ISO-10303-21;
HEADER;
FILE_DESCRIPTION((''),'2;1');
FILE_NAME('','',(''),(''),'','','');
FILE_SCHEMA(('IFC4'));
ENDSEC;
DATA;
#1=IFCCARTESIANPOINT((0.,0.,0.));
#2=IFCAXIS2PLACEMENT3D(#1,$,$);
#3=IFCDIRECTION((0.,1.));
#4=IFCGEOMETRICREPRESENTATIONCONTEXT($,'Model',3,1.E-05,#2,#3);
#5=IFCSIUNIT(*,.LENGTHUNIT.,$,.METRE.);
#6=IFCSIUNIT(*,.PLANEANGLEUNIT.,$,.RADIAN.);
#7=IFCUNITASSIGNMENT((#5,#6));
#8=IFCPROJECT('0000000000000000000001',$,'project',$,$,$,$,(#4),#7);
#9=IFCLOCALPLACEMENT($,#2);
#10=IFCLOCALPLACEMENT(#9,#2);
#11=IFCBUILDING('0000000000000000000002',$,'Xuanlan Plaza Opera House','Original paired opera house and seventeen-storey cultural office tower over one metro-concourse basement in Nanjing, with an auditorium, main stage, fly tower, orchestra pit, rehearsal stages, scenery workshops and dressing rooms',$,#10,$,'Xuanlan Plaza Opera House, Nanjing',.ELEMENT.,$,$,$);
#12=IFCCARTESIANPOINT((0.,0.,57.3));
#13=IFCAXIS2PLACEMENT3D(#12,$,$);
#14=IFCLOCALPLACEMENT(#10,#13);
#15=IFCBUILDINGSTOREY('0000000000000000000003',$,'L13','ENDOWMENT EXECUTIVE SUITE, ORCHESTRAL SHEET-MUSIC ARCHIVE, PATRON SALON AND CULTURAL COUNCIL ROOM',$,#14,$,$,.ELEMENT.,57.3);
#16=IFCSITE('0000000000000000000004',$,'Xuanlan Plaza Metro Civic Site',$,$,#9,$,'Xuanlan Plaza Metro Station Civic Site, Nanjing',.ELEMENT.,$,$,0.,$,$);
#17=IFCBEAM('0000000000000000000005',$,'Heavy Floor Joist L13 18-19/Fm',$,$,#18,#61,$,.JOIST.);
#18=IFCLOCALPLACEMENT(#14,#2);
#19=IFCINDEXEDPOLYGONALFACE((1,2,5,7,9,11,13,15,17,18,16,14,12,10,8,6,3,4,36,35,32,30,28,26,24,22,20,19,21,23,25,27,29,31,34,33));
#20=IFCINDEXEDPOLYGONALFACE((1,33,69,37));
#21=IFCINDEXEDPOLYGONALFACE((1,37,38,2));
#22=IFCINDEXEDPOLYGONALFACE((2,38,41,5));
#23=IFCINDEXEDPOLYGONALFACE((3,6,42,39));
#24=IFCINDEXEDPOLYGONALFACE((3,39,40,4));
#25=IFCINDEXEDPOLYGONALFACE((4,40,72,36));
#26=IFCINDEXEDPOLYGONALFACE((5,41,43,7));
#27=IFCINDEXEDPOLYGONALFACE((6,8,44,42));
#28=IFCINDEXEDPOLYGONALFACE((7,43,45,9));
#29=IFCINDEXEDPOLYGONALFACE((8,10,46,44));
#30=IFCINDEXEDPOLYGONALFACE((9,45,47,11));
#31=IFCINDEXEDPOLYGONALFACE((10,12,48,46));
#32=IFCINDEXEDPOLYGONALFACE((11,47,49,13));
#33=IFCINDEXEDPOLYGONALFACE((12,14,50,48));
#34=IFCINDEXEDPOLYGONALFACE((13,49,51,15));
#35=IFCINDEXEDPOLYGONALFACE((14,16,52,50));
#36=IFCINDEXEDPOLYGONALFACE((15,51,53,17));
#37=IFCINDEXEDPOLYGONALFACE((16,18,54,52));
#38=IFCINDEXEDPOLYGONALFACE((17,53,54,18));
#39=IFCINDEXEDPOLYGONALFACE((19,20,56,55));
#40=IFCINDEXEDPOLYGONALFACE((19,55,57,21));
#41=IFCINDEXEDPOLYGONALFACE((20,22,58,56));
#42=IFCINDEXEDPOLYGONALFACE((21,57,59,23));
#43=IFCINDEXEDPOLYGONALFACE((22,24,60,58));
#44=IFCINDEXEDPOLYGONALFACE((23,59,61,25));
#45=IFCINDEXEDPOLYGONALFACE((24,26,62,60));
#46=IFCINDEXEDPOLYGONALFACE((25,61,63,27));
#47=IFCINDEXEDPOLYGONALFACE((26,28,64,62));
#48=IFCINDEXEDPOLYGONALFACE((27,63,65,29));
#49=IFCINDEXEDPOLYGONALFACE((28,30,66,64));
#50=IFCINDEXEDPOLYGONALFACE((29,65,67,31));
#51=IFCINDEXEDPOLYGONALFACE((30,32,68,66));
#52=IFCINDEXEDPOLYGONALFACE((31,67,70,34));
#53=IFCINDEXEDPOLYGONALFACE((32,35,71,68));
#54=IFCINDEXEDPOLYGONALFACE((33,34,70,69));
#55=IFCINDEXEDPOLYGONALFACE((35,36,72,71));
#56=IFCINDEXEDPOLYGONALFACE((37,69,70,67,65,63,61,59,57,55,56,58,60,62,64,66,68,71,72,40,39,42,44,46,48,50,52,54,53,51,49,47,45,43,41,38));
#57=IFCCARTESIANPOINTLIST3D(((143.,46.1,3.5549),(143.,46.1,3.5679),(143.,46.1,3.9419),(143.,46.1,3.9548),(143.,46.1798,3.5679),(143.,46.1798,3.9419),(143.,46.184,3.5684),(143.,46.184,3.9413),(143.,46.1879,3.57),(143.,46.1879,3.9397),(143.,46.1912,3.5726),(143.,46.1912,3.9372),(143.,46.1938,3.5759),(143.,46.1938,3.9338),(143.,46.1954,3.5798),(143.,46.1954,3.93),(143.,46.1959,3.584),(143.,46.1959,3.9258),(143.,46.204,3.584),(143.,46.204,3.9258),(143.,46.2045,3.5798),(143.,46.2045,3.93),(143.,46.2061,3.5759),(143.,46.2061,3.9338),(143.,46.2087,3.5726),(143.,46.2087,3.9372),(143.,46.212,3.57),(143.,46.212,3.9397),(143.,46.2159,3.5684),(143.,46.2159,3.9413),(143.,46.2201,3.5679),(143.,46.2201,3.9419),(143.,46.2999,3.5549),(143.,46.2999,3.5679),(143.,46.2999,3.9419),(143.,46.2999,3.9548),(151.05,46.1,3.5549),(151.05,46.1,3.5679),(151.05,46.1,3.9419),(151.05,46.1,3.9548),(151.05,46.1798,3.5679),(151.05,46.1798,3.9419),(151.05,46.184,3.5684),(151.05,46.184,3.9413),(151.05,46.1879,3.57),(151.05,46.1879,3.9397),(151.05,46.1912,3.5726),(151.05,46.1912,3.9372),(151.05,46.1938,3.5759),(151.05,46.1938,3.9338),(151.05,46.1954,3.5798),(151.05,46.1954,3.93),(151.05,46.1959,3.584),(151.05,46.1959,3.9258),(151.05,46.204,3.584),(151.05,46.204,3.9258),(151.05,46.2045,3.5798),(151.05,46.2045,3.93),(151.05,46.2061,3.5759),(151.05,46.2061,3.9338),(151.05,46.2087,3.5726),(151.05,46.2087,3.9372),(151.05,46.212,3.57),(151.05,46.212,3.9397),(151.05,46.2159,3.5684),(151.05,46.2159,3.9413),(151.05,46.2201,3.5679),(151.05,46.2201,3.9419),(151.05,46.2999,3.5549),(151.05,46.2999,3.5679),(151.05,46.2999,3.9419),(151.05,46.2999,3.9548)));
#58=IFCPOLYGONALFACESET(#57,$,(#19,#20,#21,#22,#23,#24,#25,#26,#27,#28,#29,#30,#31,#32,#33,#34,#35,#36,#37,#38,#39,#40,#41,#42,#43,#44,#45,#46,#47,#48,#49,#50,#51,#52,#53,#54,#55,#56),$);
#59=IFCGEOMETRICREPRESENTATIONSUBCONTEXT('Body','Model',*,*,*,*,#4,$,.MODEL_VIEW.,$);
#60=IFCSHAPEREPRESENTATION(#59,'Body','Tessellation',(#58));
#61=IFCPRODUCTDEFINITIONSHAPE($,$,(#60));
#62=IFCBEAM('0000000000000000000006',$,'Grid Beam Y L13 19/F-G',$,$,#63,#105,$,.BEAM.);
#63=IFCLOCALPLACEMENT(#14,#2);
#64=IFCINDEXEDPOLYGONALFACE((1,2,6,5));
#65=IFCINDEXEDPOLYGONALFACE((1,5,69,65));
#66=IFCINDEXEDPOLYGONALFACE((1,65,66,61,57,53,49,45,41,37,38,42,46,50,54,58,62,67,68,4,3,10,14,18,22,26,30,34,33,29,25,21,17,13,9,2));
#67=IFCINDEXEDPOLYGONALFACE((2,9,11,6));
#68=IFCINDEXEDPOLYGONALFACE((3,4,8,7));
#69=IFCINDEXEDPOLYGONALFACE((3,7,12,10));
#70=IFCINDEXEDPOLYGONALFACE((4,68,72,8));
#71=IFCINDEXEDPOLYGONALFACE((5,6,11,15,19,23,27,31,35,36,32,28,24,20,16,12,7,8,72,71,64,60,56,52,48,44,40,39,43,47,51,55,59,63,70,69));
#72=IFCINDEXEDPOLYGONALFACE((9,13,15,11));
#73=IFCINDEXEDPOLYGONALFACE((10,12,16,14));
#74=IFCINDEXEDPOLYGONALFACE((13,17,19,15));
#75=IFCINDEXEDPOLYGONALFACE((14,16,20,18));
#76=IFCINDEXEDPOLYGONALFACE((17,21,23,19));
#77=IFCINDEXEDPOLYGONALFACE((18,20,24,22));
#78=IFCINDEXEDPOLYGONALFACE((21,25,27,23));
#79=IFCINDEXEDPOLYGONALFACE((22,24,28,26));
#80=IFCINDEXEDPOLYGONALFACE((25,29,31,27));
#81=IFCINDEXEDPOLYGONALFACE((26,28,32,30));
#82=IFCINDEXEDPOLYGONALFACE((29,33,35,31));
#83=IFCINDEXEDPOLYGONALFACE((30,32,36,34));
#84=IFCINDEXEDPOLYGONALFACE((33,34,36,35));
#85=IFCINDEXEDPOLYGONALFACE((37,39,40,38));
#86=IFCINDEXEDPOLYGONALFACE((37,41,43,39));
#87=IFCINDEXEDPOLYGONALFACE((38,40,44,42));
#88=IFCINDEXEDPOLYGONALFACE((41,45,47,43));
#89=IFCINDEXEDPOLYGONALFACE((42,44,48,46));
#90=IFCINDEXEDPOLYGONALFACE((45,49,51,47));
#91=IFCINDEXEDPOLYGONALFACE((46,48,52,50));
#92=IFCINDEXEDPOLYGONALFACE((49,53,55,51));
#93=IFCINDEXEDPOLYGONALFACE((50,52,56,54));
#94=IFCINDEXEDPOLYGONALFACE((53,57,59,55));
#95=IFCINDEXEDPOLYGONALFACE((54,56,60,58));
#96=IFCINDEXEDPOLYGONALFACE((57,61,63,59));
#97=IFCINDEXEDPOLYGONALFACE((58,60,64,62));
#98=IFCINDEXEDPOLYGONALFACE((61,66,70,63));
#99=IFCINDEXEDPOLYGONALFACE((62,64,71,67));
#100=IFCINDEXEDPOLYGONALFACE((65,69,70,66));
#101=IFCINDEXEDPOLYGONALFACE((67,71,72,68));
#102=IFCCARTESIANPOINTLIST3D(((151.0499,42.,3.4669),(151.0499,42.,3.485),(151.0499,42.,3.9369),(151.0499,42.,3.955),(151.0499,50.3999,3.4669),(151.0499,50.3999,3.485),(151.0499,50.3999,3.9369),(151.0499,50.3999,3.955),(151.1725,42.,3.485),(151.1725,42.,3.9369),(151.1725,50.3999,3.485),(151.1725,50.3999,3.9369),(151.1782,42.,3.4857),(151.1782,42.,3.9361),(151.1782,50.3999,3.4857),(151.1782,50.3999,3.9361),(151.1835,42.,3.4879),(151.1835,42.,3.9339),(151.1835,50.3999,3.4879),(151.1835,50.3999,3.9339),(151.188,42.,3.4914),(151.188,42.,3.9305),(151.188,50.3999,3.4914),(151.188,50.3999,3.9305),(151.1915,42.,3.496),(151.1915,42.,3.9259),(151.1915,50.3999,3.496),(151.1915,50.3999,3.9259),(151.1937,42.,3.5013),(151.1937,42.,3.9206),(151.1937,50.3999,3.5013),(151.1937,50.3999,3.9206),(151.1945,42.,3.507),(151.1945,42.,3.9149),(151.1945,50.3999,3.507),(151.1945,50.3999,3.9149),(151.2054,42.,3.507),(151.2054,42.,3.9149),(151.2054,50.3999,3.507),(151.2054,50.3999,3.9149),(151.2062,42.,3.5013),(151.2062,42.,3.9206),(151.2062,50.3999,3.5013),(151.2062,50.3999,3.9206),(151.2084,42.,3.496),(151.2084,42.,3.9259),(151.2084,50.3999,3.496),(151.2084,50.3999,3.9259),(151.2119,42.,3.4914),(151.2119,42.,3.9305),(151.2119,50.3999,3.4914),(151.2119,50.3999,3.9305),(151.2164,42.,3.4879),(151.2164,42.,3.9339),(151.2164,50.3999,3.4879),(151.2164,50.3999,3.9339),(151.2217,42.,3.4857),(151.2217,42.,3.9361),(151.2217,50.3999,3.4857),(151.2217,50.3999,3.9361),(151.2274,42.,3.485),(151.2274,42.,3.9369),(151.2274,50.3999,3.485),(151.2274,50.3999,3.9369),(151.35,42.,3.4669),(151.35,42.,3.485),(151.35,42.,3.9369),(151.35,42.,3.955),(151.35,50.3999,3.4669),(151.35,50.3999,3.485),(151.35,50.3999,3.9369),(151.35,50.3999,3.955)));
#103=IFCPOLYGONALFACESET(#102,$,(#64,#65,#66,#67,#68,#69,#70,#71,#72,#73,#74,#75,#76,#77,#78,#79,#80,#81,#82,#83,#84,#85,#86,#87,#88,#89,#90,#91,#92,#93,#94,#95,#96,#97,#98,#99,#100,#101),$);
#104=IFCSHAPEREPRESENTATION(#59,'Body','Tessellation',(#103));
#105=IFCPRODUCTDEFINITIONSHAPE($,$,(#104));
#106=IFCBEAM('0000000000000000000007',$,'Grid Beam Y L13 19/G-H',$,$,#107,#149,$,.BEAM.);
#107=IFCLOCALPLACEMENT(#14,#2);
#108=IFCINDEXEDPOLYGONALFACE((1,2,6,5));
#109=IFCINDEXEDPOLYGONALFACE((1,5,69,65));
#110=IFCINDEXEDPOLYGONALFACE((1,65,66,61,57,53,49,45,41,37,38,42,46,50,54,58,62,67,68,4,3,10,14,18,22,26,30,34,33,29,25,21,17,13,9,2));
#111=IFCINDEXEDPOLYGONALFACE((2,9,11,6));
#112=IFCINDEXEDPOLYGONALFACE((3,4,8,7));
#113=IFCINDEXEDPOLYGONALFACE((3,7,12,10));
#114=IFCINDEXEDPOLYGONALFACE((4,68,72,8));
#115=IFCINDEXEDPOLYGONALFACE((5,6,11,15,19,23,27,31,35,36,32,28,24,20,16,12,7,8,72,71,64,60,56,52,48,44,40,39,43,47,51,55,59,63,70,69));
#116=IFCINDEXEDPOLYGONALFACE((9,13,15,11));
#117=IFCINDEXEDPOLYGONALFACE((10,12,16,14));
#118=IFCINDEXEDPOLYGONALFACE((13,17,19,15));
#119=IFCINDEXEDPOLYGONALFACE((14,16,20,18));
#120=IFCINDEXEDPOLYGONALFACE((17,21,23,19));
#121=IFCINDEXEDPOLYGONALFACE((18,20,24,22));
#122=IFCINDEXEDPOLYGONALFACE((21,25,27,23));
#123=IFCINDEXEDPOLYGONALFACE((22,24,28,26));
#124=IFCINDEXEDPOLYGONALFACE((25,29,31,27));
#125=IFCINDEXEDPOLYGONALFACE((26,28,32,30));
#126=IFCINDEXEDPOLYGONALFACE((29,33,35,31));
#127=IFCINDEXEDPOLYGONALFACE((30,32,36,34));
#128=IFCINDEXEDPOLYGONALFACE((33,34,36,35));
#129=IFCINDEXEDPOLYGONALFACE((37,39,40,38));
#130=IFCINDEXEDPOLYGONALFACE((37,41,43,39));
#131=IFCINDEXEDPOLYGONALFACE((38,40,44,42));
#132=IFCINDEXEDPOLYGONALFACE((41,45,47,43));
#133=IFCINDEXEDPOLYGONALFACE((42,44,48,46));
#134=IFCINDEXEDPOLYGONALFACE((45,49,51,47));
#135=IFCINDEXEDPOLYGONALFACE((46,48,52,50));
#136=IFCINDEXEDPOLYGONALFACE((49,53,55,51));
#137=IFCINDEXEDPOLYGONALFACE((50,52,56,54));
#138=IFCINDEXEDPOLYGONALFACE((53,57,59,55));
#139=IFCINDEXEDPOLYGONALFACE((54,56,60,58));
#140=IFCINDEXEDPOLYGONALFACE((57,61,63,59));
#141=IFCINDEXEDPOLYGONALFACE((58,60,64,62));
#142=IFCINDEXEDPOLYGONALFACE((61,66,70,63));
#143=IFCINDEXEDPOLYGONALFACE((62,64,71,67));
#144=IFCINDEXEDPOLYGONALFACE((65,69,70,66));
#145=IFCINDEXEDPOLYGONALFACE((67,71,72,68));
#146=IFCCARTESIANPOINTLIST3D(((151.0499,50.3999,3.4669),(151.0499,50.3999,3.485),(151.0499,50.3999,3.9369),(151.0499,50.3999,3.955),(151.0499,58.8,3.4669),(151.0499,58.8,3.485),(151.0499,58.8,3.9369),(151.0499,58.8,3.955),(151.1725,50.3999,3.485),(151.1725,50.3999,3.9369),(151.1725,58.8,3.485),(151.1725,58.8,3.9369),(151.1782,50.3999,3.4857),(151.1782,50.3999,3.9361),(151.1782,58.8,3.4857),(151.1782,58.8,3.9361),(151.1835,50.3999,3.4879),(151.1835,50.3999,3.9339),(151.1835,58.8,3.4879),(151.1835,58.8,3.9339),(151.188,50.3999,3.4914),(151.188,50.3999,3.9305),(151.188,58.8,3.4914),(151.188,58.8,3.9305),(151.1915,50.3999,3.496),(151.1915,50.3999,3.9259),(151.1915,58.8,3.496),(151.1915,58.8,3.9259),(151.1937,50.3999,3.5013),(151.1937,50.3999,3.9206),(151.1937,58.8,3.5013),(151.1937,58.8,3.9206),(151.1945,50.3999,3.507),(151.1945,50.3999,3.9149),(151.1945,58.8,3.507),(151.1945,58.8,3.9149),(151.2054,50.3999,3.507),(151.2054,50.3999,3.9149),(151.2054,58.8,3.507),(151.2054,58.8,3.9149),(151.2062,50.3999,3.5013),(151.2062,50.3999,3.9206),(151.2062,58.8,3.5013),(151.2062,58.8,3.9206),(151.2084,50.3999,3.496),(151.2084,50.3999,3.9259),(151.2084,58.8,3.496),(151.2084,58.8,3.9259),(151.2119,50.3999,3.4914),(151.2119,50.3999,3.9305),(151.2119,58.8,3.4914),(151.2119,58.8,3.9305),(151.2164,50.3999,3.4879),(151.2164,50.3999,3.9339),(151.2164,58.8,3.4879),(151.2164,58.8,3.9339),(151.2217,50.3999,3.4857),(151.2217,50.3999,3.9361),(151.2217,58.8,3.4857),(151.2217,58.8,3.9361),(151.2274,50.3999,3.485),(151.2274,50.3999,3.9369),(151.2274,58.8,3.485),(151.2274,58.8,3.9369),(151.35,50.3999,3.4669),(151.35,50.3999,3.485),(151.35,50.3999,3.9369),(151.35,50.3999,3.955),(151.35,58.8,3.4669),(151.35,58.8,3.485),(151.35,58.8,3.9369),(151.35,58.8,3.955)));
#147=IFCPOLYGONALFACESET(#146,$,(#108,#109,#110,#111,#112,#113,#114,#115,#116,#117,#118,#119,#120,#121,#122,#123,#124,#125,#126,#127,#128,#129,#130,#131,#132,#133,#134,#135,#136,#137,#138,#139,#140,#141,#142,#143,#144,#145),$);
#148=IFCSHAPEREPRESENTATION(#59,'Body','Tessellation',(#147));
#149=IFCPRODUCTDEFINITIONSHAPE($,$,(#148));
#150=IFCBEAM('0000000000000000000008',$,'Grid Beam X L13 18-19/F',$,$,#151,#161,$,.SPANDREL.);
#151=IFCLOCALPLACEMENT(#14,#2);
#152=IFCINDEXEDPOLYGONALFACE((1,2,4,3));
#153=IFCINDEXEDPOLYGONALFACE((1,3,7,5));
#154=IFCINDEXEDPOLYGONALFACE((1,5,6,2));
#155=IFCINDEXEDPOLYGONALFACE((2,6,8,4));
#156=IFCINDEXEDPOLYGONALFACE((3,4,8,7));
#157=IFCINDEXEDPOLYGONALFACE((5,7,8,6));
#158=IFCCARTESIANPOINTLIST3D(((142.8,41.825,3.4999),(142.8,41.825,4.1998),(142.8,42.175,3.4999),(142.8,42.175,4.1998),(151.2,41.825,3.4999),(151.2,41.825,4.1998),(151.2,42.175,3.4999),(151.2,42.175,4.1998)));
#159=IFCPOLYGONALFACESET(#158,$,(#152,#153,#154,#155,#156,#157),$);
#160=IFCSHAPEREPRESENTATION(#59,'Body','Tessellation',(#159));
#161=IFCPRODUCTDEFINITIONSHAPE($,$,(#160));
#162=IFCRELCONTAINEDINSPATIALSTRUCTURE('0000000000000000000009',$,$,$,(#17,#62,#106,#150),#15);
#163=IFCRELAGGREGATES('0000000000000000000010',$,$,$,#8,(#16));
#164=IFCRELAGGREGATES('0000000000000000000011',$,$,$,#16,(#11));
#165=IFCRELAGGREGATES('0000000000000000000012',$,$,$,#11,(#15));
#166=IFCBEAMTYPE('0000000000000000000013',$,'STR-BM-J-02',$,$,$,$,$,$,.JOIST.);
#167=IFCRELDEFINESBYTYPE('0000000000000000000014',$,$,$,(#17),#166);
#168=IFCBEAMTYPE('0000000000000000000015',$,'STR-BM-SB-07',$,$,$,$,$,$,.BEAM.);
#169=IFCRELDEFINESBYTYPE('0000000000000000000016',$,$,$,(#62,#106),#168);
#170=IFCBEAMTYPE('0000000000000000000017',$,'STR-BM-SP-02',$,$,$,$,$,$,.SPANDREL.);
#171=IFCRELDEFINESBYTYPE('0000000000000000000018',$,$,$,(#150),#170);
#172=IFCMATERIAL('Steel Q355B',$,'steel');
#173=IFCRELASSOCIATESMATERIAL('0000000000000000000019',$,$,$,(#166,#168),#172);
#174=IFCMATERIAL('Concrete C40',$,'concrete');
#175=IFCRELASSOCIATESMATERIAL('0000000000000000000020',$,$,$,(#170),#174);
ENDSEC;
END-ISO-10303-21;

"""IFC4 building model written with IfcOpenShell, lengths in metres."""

from ifc_helpers import new_model, si_unit, direction, frame, origin, origin_2d, place, context, subcontext, project, spatial, rectangle, i_section, extrude, material, material_profile, profile_set, type_object, element, save


model = new_model("IFC4")

# Units and contexts
model_context = context("Model", 3, precision=1e-05, world=origin(), true_north=direction((0.0, 1.0)))
body_context = subcontext(model_context, "Body", "Model", "MODEL_VIEW")
ifc_project = project(units=[si_unit("LENGTHUNIT", "METRE"), si_unit("PLANEANGLEUNIT", "RADIAN")], contexts=[model_context])

# Site, building, storey
site_placement = place(None, origin())
site = spatial("IfcSite", under=ifc_project, at=site_placement, Name="Xuanlan Plaza Metro Civic Site", LongName="Xuanlan Plaza Metro Station Civic Site, Nanjing", CompositionType="ELEMENT", RefElevation=0.0)
building_placement = place(site_placement, origin())
building = spatial("IfcBuilding", under=site, at=building_placement, Name="Xuanlan Plaza Opera House", Description="Original paired opera house and seventeen-storey cultural office tower over one metro-concourse basement in Nanjing, with an auditorium, main stage, fly tower, orchestra pit, rehearsal stages, scenery workshops and dressing rooms", LongName="Xuanlan Plaza Opera House, Nanjing", CompositionType="ELEMENT")
storey_placement = place(building_placement, frame((0.0, 0.0, 57.3)))
storey = spatial("IfcBuildingStorey", under=building, at=storey_placement, Name="L13", Description="ENDOWMENT EXECUTIVE SUITE, ORCHESTRAL SHEET-MUSIC ARCHIVE, PATRON SALON AND CULTURAL COUNCIL ROOM", CompositionType="ELEMENT", Elevation=57.3)

# Beams
ifc_material_1 = material(Name="Concrete C40", Category="concrete")
ifc_material_2 = material(Name="Steel Q355B", Category="steel")
ifc_material_profile_1 = material_profile(ifc_material_2, i_section(OverallWidth=0.2, OverallDepth=0.3999, WebThickness=0.0081, FlangeThickness=0.0129, FilletRadius=0.0161, at=origin_2d()), Name="HN 400x200x8x13")
ifc_profile_set_1 = profile_set([ifc_material_profile_1], Name="Steel Q355B")
beam_type_1 = type_object("IfcBeamType", Name="STR-BM-J-02", PredefinedType="JOIST", material=ifc_profile_set_1)
beam_1_placement = place(storey_placement, frame((143.0, 46.2, 3.7549), z_axis=(1.0, 0.0, 0.0), x_axis=(0.0, 1.0, 0.0)))
element("IfcBeam", 1, at=beam_1_placement, inside=storey, type_object=beam_type_1, Name="Heavy Floor Joist L13 18-19/Fm", PredefinedType="JOIST", context=body_context, shape_type="SweptSolid", body=[
    extrude(i_section(OverallWidth=0.2, OverallDepth=0.3999, WebThickness=0.0081, FlangeThickness=0.0129, FilletRadius=0.0161, at=origin_2d()), origin(), (0.0, 0.0, 1.0), 8.05),
])
ifc_material_profile_2 = material_profile(ifc_material_2, i_section(OverallWidth=0.3, OverallDepth=0.488, WebThickness=0.011, FlangeThickness=0.0181, FilletRadius=0.022, at=origin_2d()), Name="HM 488x300x11x18")
ifc_profile_set_2 = profile_set([ifc_material_profile_2], Name="Steel Q355B")
beam_type_2 = type_object("IfcBeamType", Name="STR-BM-SB-07", PredefinedType="BEAM", material=ifc_profile_set_2)
beam_2_placement = place(storey_placement, frame((151.2, 42.0, 3.7109), z_axis=(0.0, 1.0, 0.0), x_axis=(-1.0, 0.0, 0.0)))
element("IfcBeam", 2, at=beam_2_placement, inside=storey, type_object=beam_type_2, Name="Grid Beam Y L13 19/F-G", PredefinedType="BEAM", context=body_context, shape_type="SweptSolid", body=[
    extrude(i_section(OverallWidth=0.3, OverallDepth=0.488, WebThickness=0.011, FlangeThickness=0.0181, FilletRadius=0.022, at=origin_2d()), origin(), (0.0, 0.0, 1.0), 8.3999),
])
beam_3_placement = place(storey_placement, frame((151.2, 50.3999, 3.7109), z_axis=(0.0, 1.0, 0.0), x_axis=(-1.0, 0.0, 0.0)))
element("IfcBeam", 3, at=beam_3_placement, inside=storey, type_object=beam_type_2, Name="Grid Beam Y L13 19/G-H", PredefinedType="BEAM", context=body_context, shape_type="SweptSolid", body=[
    extrude(i_section(OverallWidth=0.3, OverallDepth=0.488, WebThickness=0.011, FlangeThickness=0.0181, FilletRadius=0.022, at=origin_2d()), origin(), (0.0, 0.0, 1.0), 8.4001),
])
ifc_material_profile_3 = material_profile(ifc_material_1, rectangle(XDim=0.3501, YDim=0.7, at=origin_2d()), Name="RC-SPD 350x700")
ifc_profile_set_3 = profile_set([ifc_material_profile_3], Name="Concrete C40")
beam_type_3 = type_object("IfcBeamType", Name="STR-BM-SP-02", PredefinedType="SPANDREL", material=ifc_profile_set_3)
beam_4_placement = place(storey_placement, frame((142.8, 42.0, 3.8499), z_axis=(1.0, 0.0, 0.0), x_axis=(0.0, 1.0, 0.0)))
element("IfcBeam", 4, at=beam_4_placement, inside=storey, type_object=beam_type_3, Name="Grid Beam X L13 18-19/F", PredefinedType="SPANDREL", context=body_context, shape_type="SweptSolid", body=[
    extrude(rectangle(XDim=0.3501, YDim=0.7, at=origin_2d()), origin(), (0.0, 0.0, 1.0), 8.3999),
])

save(model, "model.ifc")
